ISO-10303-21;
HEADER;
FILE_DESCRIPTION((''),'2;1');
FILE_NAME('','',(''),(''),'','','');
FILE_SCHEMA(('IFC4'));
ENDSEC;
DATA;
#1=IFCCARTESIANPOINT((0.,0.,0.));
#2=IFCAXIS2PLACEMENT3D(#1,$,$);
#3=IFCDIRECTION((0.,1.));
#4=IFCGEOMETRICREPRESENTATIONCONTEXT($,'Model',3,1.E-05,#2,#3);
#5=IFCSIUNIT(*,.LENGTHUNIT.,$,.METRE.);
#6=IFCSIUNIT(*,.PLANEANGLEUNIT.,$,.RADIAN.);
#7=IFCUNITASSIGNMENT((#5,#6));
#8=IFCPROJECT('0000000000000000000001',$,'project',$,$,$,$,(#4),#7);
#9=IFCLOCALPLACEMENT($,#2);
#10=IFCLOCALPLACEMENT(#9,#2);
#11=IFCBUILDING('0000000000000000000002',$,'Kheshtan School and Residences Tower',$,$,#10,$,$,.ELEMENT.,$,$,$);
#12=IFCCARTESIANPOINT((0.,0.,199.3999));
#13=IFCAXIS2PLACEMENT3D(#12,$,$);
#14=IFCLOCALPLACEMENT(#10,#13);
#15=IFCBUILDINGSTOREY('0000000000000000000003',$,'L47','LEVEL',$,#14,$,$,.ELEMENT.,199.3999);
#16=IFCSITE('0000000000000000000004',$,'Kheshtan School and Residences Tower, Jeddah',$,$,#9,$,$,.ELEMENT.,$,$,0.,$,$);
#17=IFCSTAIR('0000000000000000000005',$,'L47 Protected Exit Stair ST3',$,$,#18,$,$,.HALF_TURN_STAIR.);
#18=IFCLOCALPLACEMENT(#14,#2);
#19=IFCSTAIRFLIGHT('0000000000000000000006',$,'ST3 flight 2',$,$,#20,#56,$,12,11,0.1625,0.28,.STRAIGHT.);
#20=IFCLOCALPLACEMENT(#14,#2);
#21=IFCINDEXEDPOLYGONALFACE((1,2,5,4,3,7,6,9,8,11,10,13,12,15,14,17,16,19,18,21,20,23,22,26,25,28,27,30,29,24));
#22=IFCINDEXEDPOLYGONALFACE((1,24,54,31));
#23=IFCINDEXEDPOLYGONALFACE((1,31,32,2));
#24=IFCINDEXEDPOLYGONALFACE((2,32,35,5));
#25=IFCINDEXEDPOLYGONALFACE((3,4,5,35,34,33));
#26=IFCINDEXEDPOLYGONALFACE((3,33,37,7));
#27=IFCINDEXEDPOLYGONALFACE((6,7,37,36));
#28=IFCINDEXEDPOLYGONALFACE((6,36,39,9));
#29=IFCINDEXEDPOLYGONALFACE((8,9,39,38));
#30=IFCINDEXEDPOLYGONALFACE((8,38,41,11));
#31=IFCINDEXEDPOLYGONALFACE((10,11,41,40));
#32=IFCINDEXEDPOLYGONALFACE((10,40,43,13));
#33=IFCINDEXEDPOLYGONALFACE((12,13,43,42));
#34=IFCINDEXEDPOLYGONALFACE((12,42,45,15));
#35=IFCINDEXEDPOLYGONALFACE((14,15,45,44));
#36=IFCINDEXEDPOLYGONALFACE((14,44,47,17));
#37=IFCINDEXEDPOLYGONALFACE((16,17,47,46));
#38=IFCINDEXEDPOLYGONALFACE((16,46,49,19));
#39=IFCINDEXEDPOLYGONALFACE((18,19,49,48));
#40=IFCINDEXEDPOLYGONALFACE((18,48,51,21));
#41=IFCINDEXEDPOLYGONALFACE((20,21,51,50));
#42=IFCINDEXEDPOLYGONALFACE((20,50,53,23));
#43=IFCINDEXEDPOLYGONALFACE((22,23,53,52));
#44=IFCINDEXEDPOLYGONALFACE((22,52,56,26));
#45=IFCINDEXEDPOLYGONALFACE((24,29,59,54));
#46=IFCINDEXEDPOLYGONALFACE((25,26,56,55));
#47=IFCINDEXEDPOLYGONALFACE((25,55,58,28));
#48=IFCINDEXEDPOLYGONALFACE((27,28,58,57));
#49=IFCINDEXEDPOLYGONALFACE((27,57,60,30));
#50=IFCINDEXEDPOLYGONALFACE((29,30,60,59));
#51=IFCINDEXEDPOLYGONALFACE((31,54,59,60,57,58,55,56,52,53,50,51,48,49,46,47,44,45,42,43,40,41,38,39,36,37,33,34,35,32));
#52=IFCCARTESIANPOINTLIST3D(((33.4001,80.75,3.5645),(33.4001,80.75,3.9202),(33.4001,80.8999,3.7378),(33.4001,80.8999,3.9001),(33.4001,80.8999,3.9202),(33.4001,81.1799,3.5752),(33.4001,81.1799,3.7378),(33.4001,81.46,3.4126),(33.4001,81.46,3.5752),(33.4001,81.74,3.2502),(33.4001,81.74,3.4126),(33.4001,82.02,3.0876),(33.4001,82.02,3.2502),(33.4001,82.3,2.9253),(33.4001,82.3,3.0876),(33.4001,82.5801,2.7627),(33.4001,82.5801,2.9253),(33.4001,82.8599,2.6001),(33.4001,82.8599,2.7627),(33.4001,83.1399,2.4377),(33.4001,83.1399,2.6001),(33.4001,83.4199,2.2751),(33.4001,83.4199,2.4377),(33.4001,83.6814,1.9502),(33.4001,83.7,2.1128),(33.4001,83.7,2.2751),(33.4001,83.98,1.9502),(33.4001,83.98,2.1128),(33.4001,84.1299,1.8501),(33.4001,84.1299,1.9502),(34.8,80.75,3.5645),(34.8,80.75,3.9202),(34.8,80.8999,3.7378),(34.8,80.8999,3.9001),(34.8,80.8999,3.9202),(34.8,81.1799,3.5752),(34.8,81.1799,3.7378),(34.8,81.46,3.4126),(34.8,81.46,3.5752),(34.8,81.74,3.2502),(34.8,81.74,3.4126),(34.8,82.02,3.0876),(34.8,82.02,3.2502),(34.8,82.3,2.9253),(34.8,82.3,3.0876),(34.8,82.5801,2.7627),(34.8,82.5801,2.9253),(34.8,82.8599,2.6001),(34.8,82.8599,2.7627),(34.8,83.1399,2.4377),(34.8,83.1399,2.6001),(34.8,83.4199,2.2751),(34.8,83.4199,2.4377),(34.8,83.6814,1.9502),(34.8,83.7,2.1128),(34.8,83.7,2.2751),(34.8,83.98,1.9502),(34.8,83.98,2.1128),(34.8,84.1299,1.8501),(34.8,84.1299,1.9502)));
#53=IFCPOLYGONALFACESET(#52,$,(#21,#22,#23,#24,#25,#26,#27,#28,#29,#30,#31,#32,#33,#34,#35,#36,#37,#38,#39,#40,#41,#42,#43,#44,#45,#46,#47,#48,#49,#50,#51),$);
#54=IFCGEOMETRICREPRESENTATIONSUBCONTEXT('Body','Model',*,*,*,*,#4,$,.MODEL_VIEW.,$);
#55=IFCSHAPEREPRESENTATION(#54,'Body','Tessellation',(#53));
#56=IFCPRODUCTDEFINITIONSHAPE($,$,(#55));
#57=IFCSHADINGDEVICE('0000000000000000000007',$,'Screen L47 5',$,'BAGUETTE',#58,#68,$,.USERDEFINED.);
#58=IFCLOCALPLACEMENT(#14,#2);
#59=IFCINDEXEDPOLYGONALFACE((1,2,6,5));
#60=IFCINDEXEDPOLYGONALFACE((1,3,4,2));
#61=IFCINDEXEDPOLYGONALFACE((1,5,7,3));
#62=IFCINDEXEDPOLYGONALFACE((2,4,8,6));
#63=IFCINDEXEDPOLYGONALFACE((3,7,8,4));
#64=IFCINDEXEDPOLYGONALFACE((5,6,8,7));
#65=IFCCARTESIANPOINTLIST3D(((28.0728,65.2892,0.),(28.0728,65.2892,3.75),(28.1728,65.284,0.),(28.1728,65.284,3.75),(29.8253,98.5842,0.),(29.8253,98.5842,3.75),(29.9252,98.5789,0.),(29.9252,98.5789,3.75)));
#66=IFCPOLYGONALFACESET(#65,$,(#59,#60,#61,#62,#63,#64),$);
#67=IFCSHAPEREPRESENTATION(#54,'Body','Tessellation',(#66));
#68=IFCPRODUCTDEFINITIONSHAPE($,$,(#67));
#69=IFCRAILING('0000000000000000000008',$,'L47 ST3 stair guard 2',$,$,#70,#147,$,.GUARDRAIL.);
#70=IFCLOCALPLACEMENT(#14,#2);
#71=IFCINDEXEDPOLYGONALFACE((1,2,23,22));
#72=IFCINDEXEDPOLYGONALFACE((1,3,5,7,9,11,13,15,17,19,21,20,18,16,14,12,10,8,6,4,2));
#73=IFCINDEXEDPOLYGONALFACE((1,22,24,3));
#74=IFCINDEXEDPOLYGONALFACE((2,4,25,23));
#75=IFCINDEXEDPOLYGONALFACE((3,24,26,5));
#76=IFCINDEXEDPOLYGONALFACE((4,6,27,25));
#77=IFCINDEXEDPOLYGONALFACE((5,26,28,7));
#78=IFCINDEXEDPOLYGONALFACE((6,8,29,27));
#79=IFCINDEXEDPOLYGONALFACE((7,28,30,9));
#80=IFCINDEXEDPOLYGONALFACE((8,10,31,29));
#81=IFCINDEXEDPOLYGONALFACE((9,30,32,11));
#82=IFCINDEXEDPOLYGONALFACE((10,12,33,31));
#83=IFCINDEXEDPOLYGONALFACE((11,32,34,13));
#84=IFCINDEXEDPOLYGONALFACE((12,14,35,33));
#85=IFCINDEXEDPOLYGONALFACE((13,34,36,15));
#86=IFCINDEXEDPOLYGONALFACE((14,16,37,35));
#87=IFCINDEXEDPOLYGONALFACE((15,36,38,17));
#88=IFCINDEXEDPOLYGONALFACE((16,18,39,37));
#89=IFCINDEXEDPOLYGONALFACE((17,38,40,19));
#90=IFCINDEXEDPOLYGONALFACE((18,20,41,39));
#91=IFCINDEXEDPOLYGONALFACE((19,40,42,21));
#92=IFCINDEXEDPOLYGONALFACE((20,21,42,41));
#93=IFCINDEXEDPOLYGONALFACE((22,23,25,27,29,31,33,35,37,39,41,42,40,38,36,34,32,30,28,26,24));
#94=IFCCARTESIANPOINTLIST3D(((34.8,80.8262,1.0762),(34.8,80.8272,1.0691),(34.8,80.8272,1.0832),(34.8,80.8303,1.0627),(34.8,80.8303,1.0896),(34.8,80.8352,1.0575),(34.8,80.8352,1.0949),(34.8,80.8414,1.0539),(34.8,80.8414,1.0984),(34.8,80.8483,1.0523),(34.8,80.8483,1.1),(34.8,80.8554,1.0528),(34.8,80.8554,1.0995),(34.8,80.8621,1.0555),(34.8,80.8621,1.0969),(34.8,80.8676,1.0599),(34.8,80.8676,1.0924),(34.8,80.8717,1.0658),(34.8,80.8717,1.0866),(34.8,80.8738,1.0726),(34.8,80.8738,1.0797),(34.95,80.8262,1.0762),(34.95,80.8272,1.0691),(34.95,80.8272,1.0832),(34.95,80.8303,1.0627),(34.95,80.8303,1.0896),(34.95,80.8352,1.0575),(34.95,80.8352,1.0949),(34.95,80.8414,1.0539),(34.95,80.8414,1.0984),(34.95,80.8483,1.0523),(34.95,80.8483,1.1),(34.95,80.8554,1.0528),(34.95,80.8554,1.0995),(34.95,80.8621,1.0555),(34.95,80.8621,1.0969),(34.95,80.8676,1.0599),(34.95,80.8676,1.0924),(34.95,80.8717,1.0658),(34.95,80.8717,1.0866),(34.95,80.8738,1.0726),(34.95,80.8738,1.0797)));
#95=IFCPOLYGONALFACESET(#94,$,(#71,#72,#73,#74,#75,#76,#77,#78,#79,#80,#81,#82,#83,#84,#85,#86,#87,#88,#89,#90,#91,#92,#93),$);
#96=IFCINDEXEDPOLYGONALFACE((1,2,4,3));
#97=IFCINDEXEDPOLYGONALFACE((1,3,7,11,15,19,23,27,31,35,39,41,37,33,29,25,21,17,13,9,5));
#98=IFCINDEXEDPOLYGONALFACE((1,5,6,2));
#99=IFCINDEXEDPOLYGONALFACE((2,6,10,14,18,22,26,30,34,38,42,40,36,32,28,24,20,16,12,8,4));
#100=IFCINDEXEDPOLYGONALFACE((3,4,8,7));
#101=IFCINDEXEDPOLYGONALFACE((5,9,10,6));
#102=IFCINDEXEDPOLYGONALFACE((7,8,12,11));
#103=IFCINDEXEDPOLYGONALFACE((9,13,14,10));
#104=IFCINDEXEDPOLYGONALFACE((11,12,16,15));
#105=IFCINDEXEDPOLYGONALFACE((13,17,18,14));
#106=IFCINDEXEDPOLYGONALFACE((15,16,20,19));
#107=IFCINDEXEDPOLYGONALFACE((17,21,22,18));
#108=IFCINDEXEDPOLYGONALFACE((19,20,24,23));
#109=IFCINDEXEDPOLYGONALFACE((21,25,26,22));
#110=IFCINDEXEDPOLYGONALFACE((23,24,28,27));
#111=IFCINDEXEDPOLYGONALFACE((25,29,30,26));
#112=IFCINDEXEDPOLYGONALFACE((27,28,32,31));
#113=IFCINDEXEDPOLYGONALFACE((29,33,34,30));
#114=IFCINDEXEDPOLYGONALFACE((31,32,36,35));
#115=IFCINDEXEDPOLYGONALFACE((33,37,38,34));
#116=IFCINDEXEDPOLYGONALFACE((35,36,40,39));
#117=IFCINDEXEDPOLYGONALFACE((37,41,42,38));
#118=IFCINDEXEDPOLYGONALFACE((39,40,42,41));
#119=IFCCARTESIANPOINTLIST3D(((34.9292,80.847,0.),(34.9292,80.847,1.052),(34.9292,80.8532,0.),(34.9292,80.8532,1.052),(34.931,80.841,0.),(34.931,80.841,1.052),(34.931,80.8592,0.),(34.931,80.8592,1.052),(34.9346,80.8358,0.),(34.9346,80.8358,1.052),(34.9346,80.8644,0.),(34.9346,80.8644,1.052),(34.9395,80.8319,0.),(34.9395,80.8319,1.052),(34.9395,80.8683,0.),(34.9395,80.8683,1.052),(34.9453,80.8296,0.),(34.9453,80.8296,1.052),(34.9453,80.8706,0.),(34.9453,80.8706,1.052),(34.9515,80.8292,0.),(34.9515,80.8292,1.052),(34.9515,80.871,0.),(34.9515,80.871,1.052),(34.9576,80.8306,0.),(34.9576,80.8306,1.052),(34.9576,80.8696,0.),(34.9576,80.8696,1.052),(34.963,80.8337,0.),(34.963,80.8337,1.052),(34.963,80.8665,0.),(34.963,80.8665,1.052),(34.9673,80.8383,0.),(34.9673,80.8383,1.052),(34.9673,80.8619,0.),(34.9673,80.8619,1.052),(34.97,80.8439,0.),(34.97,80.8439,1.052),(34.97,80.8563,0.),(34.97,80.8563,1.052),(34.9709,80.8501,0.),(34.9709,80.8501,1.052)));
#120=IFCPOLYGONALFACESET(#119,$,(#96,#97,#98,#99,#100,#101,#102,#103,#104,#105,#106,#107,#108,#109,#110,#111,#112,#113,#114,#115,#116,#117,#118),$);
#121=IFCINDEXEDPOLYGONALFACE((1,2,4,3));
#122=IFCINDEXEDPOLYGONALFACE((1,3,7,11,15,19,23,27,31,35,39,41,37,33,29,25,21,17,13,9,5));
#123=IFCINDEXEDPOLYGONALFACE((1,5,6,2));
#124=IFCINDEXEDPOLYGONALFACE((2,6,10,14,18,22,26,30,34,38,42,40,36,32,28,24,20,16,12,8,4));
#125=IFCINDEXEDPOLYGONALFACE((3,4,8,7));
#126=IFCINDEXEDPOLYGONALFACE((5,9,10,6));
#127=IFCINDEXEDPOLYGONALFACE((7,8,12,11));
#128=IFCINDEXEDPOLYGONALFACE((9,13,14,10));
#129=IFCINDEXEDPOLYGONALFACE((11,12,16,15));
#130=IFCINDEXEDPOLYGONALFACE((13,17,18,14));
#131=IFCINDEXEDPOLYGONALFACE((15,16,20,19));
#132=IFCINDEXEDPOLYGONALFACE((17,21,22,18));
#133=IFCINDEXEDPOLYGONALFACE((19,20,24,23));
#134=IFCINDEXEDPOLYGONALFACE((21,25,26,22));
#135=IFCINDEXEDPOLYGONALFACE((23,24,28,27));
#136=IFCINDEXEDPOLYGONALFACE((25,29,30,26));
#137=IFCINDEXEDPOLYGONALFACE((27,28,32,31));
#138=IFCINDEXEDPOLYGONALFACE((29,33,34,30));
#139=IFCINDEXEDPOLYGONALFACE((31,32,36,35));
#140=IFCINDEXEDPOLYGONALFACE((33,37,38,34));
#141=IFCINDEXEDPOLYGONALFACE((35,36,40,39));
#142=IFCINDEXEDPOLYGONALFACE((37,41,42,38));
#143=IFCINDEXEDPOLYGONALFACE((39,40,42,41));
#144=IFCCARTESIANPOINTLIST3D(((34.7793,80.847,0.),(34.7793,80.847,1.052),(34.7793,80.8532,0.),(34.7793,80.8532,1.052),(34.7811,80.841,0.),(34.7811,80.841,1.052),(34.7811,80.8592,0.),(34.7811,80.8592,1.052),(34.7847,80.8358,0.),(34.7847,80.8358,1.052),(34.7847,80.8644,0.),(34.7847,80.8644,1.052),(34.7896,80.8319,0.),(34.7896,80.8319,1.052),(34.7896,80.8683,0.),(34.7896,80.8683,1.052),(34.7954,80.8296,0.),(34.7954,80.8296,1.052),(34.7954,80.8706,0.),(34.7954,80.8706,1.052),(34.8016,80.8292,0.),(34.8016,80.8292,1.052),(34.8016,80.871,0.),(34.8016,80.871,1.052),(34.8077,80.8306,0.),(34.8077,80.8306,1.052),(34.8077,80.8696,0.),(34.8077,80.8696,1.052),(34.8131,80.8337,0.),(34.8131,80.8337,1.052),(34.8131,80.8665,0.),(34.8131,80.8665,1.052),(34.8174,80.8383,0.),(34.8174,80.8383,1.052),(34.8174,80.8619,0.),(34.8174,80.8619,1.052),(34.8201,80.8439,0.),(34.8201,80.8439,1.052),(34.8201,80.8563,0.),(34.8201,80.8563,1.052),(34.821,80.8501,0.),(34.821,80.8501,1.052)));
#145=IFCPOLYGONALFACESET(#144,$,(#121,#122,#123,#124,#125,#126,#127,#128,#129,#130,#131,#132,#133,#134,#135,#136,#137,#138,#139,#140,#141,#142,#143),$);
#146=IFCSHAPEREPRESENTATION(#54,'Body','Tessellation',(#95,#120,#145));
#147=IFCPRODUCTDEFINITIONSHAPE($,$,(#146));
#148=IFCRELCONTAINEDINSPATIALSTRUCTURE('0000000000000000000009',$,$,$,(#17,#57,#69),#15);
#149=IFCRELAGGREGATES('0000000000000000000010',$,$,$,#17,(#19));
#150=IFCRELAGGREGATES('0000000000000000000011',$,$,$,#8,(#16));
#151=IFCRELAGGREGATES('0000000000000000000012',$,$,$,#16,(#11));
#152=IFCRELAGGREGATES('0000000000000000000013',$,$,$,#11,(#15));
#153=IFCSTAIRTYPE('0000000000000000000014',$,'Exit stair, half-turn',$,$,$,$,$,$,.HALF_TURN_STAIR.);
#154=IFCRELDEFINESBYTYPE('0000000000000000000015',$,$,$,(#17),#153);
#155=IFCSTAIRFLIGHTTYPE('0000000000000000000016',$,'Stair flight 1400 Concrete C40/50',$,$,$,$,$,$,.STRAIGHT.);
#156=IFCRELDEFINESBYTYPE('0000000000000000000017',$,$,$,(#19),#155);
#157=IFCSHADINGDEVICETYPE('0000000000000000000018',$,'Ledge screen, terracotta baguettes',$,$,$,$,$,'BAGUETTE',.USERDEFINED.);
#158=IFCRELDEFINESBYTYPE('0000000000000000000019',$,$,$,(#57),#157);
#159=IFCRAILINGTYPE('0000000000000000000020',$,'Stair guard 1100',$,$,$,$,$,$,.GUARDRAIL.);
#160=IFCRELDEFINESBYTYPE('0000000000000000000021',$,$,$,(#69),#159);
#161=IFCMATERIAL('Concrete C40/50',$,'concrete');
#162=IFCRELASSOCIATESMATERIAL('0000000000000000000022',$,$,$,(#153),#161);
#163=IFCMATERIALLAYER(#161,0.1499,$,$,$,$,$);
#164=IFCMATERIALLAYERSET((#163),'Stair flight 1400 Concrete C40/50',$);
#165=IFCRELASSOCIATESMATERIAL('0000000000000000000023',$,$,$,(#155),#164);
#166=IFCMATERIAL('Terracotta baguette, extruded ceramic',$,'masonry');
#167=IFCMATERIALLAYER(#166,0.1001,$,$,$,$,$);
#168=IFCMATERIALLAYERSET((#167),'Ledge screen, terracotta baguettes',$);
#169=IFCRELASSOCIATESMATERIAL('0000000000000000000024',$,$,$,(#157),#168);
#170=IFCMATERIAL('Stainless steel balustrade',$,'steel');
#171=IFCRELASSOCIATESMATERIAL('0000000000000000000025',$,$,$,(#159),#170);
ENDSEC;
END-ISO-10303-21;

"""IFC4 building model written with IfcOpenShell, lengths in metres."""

from ifc_helpers import new_model, si_unit, direction, frame, origin, origin_2d, place, context, subcontext, project, spatial, polyline, rectangle, circle, outline, extrude, material, layer, layer_set, type_object, element, aggregate, save


model = new_model("IFC4")

# Units and contexts
model_context = context("Model", 3, precision=1e-05, world=origin(), true_north=direction((0.0, 1.0)))
body_context = subcontext(model_context, "Body", "Model", "MODEL_VIEW")
ifc_project = project(units=[si_unit("LENGTHUNIT", "METRE"), si_unit("PLANEANGLEUNIT", "RADIAN")], contexts=[model_context])

# Site, building, storey
site_placement = place(None, origin())
site = spatial("IfcSite", under=ifc_project, at=site_placement, Name="Kheshtan School and Residences Tower, Jeddah", CompositionType="ELEMENT", RefElevation=0.0)
building_placement = place(site_placement, origin())
building = spatial("IfcBuilding", under=site, at=building_placement, Name="Kheshtan School and Residences Tower", CompositionType="ELEMENT")
storey_placement = place(building_placement, frame((0.0, 0.0, 199.3999)))
storey = spatial("IfcBuildingStorey", under=building, at=storey_placement, Name="L47", Description="LEVEL", CompositionType="ELEMENT", Elevation=199.3999)

# Shared definitions
ifc_material_1 = material(Name="Concrete C40/50", Category="concrete")

# Stair, stair flight
stair_type = type_object("IfcStairType", Name="Exit stair, half-turn", PredefinedType="HALF_TURN_STAIR", material=ifc_material_1)
stair_placement = place(storey_placement, origin())
stair = element("IfcStair", 1, at=stair_placement, inside=storey, type_object=stair_type, Name="L47 Protected Exit Stair ST3", PredefinedType="HALF_TURN_STAIR")
ifc_layer_1 = layer(ifc_material_1, 0.1499)
ifc_layer_set_1 = layer_set([ifc_layer_1], Name="Stair flight 1400 Concrete C40/50")
stair_flight_type = type_object("IfcStairFlightType", Name="Stair flight 1400 Concrete C40/50", PredefinedType="STRAIGHT", material=ifc_layer_set_1)
stair_flight_1_placement = place(storey_placement, frame((34.1001, 83.98, 1.9502), z_axis=(0.0, 0.0, 1.0), x_axis=(0.0, -1.0, 0.0)))
stair_flight_1 = element("IfcStairFlight", 2, at=stair_flight_1_placement, type_object=stair_flight_type, Name="ST3 flight 2", NumberOfRisers=12, NumberOfTreads=11, PredefinedType="STRAIGHT", RiserHeight=0.1625, TreadLength=0.28, context=body_context, shape_type="SweptSolid", body=[
    extrude(outline(polyline([(-0.1499, -0.1001), (-0.1499, 0.0), (0.0, 0.0), (0.0, 0.1626), (0.28, 0.1626), (0.28, 0.325), (0.5601, 0.325), (0.5601, 0.4875), (0.8401, 0.4875), (0.8401, 0.6499), (1.1201, 0.6499), (1.1201, 0.8125), (1.3999, 0.8125), (1.3999, 0.9751), (1.6799, 0.9751), (1.6799, 1.1375), (1.96, 1.1375), (1.96, 1.3), (2.24, 1.3), (2.24, 1.4624), (2.52, 1.4624), (2.52, 1.625), (2.8, 1.625), (2.8, 1.7876), (3.0801, 1.7876), (3.0801, 1.95), (3.0801, 1.97), (3.23, 1.97), (3.23, 1.6143), (0.2986, 0.0), (-0.1499, -0.1001)])), frame((0.0, 0.7, 0.0), z_axis=(0.0, -1.0, 0.0), x_axis=(1.0, 0.0, 0.0)), (0.0, 0.0, 1.0), 1.3999),
])
aggregate(stair, [stair_flight_1])

# Shading device
ifc_material_2 = material(Name="Terracotta baguette, extruded ceramic", Category="masonry")
ifc_layer_2 = layer(ifc_material_2, 0.1001)
ifc_layer_set_2 = layer_set([ifc_layer_2], Name="Ledge screen, terracotta baguettes")
shading_device_type = type_object("IfcShadingDeviceType", Name="Ledge screen, terracotta baguettes", ElementType="BAGUETTE", PredefinedType="USERDEFINED", material=ifc_layer_set_2)
shading_device_placement = place(storey_placement, frame((28.999, 81.9341, 0.0), z_axis=(0.0, 0.0, 1.0), x_axis=(0.052563, 0.998618, 0.0)))
element("IfcShadingDevice", 3, at=shading_device_placement, inside=storey, type_object=shading_device_type, Name="Screen L47 5", ObjectType="BAGUETTE", PredefinedType="USERDEFINED", context=body_context, shape_type="SweptSolid", body=[
    extrude(rectangle(XDim=33.3411, YDim=0.1001, at=origin_2d()), origin(), (0.0, 0.0, 1.0), 3.75),
])

# Railing
ifc_material_3 = material(Name="Stainless steel balustrade", Category="steel")
railing_type_1 = type_object("IfcRailingType", Name="Stair guard 1100", PredefinedType="GUARDRAIL", material=ifc_material_3)
railing_1_placement = place(storey_placement, frame((34.95, 80.8501, 0.0)))
element("IfcRailing", 4, at=railing_1_placement, inside=storey, type_object=railing_type_1, Name="L47 ST3 stair guard 2", PredefinedType="GUARDRAIL", context=body_context, shape_type="SweptSolid", body=[
    extrude(circle(Radius=0.0239, at=origin_2d()), frame((0.0, 0.0, 1.0762), z_axis=(-1.0, 0.0, 0.0), x_axis=(0.0, -1.0, 0.0)), (0.0, 0.0, 1.0), 0.1499),
    extrude(circle(Radius=0.021, at=origin_2d()), origin(), (0.0, 0.0, 1.0), 1.052),
    extrude(circle(Radius=0.021, at=origin_2d()), frame((-0.1499, 0.0, 0.0)), (0.0, 0.0, 1.0), 1.052),
])

save(model, "model.ifc")
